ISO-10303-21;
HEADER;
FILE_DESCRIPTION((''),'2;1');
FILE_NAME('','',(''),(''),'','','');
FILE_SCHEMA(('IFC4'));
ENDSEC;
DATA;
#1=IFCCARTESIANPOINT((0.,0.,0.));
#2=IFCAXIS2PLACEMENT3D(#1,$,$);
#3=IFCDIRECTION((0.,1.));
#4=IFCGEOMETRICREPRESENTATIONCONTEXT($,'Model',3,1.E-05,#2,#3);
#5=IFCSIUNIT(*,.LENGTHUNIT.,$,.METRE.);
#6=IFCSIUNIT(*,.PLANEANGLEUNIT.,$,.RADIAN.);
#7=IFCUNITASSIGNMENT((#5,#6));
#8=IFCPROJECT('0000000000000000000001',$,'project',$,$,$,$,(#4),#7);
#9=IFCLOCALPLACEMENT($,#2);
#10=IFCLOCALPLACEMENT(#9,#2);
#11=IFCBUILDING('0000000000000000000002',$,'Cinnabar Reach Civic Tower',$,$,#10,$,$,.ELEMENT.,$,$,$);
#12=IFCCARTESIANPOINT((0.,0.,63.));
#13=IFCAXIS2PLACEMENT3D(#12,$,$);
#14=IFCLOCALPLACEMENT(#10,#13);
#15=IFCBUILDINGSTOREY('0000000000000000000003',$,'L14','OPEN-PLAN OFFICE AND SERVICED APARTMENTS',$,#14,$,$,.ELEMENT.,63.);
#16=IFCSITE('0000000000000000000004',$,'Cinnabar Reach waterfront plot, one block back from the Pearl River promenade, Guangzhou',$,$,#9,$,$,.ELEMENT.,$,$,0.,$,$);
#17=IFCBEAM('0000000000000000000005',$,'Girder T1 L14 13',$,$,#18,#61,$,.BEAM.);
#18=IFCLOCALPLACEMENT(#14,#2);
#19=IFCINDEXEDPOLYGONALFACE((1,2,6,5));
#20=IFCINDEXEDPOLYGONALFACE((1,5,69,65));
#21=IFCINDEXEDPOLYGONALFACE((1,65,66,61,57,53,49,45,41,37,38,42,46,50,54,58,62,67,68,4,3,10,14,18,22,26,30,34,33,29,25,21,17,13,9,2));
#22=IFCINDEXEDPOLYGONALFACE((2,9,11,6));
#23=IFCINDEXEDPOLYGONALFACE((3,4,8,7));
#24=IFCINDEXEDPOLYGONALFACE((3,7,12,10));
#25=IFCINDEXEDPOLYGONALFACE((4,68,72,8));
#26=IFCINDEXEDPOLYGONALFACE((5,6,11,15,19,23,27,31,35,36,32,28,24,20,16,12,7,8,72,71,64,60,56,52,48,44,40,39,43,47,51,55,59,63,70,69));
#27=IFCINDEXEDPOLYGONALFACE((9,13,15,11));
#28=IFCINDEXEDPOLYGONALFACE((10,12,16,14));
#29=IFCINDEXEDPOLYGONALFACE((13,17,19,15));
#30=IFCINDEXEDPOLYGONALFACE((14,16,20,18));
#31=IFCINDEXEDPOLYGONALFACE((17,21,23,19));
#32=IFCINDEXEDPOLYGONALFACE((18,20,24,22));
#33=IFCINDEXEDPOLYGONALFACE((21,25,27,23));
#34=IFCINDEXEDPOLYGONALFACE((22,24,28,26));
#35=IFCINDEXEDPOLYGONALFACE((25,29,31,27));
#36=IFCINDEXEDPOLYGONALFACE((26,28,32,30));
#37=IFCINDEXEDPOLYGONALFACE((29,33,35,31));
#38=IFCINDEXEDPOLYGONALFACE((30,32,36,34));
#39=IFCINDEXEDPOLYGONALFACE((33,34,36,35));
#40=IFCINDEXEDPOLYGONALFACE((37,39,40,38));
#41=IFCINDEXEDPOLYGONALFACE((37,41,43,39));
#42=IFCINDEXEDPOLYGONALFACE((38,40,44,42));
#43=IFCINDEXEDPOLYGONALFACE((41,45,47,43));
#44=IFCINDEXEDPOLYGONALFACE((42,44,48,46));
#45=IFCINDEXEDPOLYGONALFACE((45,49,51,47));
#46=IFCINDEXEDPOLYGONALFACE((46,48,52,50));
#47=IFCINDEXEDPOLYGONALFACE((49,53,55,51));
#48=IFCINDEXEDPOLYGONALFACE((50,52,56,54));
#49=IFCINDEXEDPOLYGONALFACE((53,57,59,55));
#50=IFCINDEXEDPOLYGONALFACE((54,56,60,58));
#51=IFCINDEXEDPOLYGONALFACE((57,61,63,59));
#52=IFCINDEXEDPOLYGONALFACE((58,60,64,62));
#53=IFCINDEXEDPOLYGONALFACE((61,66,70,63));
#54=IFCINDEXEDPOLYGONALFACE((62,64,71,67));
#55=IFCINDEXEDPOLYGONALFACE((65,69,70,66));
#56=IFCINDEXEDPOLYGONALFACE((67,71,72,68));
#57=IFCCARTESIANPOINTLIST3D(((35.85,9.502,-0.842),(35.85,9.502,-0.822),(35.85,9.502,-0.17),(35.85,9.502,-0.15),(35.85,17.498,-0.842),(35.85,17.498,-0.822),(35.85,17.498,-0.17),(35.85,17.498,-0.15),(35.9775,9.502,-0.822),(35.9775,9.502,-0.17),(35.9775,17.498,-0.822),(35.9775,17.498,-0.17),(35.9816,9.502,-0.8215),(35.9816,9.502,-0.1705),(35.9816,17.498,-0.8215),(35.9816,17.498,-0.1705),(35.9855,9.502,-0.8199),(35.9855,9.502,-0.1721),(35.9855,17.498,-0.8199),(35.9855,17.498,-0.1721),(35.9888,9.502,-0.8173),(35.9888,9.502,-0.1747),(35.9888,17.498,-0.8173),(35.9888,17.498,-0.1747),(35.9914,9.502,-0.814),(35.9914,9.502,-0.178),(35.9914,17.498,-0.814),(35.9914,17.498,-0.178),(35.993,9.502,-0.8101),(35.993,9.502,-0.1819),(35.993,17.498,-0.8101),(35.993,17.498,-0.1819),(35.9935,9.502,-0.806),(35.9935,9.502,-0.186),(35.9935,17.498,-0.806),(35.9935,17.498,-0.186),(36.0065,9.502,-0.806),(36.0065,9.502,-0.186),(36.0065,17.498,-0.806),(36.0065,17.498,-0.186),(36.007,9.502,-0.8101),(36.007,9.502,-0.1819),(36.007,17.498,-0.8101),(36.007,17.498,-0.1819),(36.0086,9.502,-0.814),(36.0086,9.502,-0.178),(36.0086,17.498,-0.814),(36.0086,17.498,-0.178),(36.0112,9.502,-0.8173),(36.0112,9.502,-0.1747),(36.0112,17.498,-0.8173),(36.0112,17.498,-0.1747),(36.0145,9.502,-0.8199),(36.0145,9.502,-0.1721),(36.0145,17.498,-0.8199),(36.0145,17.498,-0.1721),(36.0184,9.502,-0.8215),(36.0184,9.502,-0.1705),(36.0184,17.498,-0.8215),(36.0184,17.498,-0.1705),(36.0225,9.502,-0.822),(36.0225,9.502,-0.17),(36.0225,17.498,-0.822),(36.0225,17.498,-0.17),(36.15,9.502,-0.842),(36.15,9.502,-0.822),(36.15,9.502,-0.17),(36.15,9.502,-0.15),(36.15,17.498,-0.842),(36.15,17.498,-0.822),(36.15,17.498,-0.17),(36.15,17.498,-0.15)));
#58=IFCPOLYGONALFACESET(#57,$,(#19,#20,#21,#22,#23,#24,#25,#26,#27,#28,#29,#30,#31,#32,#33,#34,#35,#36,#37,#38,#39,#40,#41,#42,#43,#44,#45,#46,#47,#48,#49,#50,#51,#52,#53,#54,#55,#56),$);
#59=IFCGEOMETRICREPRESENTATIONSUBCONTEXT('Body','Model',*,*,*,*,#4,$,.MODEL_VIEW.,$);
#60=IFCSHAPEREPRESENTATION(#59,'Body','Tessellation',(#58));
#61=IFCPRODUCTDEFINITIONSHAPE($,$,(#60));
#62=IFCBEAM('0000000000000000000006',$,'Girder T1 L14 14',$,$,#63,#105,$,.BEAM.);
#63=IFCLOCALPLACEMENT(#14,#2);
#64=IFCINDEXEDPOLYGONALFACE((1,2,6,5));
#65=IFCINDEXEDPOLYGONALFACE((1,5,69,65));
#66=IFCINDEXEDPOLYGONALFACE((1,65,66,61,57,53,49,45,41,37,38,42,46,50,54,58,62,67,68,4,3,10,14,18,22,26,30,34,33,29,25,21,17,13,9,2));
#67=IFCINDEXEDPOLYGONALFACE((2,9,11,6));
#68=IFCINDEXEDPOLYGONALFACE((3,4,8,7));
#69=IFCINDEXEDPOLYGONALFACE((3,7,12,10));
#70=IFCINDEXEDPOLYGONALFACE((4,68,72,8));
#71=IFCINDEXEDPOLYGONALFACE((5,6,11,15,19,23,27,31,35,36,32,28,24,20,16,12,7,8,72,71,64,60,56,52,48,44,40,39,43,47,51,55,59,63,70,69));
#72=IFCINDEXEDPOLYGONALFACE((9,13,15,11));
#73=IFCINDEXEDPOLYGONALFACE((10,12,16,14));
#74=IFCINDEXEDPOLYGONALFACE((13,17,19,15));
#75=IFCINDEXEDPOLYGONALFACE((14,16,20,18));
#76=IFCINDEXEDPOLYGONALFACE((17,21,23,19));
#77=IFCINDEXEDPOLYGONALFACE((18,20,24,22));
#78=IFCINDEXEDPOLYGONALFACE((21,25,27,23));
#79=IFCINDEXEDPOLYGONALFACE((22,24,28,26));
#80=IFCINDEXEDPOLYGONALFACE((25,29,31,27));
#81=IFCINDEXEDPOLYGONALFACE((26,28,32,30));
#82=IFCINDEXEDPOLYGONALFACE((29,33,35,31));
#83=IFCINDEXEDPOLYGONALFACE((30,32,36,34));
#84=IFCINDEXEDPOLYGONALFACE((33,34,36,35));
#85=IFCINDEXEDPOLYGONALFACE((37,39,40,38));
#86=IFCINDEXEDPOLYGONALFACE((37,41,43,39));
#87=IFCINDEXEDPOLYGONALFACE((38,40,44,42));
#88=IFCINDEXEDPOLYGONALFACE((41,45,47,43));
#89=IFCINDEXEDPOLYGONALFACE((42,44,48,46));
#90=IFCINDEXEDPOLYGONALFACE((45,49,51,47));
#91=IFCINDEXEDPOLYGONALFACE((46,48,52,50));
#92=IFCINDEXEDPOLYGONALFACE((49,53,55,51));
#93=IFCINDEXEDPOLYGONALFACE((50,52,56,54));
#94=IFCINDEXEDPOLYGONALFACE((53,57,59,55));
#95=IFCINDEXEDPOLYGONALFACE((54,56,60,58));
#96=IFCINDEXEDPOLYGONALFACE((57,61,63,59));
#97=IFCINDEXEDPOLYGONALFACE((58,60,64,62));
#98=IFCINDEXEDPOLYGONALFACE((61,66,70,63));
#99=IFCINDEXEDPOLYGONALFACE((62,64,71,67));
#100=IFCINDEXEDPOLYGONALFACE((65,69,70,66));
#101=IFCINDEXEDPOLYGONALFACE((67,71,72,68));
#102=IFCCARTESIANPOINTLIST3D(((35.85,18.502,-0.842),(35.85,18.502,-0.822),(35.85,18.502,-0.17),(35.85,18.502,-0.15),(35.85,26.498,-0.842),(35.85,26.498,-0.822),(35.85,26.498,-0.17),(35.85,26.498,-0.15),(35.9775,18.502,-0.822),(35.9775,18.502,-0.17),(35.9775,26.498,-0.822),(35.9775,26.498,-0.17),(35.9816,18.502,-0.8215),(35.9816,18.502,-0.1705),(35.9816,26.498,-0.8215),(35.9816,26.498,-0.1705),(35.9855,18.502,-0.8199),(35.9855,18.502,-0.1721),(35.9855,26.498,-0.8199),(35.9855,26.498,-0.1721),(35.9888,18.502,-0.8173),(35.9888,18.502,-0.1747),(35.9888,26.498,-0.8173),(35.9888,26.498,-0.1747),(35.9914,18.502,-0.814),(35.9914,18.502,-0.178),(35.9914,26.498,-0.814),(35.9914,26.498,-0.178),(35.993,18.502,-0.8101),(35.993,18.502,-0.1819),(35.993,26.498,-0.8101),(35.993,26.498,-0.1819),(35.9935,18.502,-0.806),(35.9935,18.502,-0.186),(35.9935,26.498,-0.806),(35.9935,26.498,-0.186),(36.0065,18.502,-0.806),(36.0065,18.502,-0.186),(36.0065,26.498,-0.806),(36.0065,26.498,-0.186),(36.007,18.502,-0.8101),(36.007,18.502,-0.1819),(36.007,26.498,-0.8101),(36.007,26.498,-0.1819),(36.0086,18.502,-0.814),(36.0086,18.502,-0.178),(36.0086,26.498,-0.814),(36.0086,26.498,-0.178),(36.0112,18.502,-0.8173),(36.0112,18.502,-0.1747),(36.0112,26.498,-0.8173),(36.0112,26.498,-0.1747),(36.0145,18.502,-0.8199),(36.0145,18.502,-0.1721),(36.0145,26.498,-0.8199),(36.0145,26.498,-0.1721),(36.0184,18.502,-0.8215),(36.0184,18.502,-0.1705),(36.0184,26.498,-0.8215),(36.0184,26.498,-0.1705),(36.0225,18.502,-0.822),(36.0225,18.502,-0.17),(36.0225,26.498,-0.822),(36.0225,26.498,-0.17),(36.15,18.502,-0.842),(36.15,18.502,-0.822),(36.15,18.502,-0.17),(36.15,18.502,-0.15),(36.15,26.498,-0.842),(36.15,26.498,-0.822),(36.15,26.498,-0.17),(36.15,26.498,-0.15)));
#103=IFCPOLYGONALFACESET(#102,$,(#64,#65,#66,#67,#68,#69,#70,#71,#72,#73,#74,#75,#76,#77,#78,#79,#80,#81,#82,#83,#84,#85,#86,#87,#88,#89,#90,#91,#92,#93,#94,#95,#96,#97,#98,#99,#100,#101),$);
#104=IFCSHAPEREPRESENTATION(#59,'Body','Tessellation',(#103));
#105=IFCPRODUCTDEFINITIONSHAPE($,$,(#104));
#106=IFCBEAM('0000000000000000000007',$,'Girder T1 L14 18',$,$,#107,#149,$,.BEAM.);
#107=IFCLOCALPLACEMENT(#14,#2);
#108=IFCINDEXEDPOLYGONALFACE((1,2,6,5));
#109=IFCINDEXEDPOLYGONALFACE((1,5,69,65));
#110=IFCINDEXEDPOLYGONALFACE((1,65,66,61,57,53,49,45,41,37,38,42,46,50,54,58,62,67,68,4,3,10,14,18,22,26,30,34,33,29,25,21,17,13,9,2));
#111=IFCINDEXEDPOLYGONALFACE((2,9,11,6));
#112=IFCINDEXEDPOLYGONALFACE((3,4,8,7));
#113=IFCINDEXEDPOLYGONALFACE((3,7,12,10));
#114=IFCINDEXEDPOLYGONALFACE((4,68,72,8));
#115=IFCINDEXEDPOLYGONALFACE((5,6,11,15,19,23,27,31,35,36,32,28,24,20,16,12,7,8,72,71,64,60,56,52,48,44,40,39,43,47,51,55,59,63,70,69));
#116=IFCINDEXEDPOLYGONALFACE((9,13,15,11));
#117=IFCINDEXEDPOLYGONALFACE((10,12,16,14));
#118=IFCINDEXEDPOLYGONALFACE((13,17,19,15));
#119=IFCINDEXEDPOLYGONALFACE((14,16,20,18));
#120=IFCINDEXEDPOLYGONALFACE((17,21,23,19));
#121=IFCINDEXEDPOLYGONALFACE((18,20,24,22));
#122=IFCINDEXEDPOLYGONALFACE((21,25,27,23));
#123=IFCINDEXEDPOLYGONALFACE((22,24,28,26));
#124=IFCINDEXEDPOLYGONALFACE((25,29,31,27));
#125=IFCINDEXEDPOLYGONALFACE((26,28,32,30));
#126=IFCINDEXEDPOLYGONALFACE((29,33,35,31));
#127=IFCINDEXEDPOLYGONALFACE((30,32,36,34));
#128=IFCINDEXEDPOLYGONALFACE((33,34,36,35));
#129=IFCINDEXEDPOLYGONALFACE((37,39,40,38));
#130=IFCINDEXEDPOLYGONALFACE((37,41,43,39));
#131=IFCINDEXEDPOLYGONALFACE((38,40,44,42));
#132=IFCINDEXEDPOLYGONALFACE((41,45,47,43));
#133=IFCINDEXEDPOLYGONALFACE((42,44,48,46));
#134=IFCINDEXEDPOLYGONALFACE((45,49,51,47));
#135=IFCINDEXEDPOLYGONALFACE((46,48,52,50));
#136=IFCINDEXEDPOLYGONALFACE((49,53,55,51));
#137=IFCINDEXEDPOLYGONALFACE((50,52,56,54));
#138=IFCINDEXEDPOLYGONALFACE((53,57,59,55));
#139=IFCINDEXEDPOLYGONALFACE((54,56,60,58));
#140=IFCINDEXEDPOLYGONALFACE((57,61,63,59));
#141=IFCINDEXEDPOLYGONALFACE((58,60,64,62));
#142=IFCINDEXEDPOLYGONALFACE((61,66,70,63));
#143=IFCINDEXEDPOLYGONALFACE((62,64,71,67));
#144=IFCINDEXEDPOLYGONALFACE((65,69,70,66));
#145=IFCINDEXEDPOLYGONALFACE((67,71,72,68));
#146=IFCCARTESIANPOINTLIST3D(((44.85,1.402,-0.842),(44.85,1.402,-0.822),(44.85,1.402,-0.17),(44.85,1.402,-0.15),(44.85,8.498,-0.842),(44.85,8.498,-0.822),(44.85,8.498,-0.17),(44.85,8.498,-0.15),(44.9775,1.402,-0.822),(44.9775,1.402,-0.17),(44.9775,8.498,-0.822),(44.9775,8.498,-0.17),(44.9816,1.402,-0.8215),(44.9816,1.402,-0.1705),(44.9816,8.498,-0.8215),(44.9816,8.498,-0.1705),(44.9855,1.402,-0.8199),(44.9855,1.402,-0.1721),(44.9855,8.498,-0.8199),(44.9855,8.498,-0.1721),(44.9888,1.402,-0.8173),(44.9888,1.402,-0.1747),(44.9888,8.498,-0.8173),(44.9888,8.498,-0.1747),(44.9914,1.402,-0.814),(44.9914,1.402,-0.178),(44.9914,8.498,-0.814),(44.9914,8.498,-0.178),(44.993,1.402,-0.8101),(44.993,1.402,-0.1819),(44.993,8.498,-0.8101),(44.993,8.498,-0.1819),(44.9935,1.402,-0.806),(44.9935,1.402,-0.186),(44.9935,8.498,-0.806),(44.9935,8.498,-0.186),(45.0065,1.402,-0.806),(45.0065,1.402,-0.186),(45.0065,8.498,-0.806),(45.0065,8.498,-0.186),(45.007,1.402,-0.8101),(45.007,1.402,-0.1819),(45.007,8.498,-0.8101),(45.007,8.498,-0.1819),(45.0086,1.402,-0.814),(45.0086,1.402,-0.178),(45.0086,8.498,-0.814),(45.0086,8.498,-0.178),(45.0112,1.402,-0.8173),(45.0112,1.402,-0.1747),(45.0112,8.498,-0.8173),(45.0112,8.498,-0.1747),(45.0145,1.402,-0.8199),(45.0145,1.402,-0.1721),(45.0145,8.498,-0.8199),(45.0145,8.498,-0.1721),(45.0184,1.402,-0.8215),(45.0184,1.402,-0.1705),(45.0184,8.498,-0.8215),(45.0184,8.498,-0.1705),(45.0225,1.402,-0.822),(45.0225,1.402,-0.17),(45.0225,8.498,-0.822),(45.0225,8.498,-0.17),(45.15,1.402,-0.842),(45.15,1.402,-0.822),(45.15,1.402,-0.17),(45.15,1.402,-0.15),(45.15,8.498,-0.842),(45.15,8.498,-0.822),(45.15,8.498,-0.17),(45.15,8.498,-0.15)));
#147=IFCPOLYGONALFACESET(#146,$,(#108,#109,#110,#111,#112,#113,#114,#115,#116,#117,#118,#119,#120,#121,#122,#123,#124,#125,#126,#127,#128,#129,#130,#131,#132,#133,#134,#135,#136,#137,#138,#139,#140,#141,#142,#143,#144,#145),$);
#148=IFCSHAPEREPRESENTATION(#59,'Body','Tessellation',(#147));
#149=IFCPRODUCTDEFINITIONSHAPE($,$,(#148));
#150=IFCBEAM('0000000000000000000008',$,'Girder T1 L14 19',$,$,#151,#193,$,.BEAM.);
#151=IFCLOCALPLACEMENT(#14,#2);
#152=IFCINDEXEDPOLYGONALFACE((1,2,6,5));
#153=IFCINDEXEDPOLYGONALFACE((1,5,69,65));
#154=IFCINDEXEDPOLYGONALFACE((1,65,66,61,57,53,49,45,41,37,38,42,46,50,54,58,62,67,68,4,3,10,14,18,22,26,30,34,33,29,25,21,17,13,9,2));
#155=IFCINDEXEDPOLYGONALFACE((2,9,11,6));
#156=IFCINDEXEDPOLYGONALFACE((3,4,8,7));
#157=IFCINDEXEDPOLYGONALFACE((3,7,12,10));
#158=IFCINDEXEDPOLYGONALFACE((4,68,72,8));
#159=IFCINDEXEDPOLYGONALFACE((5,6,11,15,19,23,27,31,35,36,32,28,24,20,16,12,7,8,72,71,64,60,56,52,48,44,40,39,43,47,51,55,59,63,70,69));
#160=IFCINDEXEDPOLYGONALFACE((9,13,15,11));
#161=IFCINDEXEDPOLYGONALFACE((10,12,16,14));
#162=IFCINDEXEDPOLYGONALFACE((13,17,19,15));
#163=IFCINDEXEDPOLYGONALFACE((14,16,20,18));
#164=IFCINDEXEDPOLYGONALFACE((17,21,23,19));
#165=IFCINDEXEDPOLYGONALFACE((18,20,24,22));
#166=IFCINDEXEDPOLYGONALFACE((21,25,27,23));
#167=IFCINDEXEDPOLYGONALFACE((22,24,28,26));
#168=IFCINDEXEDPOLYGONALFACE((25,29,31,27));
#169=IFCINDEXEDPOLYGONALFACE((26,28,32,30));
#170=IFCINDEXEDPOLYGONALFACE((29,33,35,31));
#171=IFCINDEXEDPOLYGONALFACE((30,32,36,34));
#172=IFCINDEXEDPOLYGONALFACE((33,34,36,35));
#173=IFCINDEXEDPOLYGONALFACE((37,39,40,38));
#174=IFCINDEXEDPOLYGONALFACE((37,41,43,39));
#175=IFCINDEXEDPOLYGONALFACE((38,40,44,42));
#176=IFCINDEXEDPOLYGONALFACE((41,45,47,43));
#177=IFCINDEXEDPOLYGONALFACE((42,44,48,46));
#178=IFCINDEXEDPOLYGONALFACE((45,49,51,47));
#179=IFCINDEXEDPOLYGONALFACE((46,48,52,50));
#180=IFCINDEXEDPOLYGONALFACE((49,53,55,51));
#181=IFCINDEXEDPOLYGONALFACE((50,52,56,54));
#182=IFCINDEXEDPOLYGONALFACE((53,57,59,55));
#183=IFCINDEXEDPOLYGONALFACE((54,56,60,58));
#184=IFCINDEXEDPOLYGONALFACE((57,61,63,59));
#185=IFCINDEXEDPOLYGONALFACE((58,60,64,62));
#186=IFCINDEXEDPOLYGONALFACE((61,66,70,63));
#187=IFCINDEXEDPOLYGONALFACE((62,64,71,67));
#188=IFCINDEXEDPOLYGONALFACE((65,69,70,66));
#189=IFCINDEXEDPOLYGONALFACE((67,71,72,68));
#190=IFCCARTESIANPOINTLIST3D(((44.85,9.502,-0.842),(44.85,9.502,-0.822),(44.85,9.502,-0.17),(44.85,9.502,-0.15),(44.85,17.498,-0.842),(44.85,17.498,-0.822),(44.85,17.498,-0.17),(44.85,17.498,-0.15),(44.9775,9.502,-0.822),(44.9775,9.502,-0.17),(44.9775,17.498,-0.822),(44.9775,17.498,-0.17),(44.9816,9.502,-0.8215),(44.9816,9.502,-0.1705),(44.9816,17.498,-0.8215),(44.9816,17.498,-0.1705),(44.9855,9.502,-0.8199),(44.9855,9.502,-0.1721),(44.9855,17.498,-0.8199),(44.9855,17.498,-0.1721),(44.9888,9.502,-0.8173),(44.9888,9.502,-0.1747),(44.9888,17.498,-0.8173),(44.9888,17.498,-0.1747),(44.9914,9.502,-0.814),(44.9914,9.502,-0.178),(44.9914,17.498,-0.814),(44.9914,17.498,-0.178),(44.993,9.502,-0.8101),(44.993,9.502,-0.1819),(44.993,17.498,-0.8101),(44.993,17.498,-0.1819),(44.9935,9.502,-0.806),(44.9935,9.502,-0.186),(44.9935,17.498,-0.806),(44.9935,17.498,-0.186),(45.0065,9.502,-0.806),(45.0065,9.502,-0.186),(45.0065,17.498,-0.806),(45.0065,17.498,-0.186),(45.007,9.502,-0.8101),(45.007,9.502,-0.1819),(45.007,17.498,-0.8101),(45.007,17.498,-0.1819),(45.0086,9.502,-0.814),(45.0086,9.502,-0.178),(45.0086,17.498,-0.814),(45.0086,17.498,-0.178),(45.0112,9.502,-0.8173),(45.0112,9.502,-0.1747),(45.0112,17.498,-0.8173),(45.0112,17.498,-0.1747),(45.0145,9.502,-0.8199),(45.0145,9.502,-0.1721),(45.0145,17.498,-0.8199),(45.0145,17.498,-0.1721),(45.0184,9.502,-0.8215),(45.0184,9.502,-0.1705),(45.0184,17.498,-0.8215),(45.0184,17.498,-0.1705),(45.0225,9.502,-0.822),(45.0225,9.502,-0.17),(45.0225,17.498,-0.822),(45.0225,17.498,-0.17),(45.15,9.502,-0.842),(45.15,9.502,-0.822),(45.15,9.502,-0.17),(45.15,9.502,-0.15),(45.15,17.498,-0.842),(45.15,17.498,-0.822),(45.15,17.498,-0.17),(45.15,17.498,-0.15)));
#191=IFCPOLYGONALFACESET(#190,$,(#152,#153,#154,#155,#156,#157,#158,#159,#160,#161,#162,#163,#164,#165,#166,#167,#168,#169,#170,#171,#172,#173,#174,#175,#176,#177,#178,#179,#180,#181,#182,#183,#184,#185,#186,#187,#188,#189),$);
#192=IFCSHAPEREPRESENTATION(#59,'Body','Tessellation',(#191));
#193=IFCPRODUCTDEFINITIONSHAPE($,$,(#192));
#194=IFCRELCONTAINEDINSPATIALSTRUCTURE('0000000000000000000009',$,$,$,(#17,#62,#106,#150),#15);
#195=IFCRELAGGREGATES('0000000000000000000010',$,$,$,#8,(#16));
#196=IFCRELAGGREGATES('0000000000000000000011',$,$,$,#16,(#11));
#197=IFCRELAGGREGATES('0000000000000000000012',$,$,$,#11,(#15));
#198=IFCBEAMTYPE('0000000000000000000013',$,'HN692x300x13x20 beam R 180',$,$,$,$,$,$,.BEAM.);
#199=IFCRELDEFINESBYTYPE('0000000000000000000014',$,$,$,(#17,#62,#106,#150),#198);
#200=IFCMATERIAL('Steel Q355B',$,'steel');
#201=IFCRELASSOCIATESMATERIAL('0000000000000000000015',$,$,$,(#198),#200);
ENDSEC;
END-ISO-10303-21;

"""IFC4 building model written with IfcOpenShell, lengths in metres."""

from ifc_helpers import new_model, si_unit, direction, frame, origin, origin_2d, place, context, subcontext, project, spatial, i_section, extrude, material, material_profile, profile_set, type_object, element, save


model = new_model("IFC4")

# Units and contexts
model_context = context("Model", 3, precision=1e-05, world=origin(), true_north=direction((0.0, 1.0)))
body_context = subcontext(model_context, "Body", "Model", "MODEL_VIEW")
ifc_project = project(units=[si_unit("LENGTHUNIT", "METRE"), si_unit("PLANEANGLEUNIT", "RADIAN")], contexts=[model_context])

# Site, building, storey
site_placement = place(None, origin())
site = spatial("IfcSite", under=ifc_project, at=site_placement, Name="Cinnabar Reach waterfront plot, one block back from the Pearl River promenade, Guangzhou", CompositionType="ELEMENT", RefElevation=0.0)
building_placement = place(site_placement, origin())
building = spatial("IfcBuilding", under=site, at=building_placement, Name="Cinnabar Reach Civic Tower", CompositionType="ELEMENT")
storey_placement = place(building_placement, frame((0.0, 0.0, 63.0)))
storey = spatial("IfcBuildingStorey", under=building, at=storey_placement, Name="L14", Description="OPEN-PLAN OFFICE AND SERVICED APARTMENTS", CompositionType="ELEMENT", Elevation=63.0)

# Beams
ifc_material_1 = material(Name="Steel Q355B", Category="steel")
ifc_material_profile_1 = material_profile(ifc_material_1, i_section(OverallWidth=0.3, OverallDepth=0.692, WebThickness=0.013, FlangeThickness=0.02, FilletRadius=0.016, at=origin_2d()), Name="HN692x300x13x20")
ifc_profile_set_1 = profile_set([ifc_material_profile_1], Name="Steel Q355B")
beam_type_1 = type_object("IfcBeamType", Name="HN692x300x13x20 beam R 180", PredefinedType="BEAM", material=ifc_profile_set_1)
for number, where, z_axis, x_axis, name in (
    (1, (36.0, 9.502, -0.496), (0.0, 1.0, 0.0), (-1.0, 0.0, 0.0), "Girder T1 L14 13"),
    (2, (36.0, 18.502, -0.496), (0.0, 1.0, 0.0), (-1.0, 0.0, 0.0), "Girder T1 L14 14"),
):
    element("IfcBeam", number, at=place(storey_placement, frame(where, z_axis=z_axis, x_axis=x_axis)), inside=storey, type_object=beam_type_1, Name=name, PredefinedType="BEAM", context=body_context, shape_type="SweptSolid", body=[
        extrude(i_section(OverallWidth=0.3, OverallDepth=0.692, WebThickness=0.013, FlangeThickness=0.02, FilletRadius=0.016, at=origin_2d()), origin(), (0.0, 0.0, 1.0), 7.996),
    ])
beam_1_placement = place(storey_placement, frame((45.0, 1.402, -0.496), z_axis=(0.0, 1.0, 0.0), x_axis=(-1.0, 0.0, 0.0)))
element("IfcBeam", 3, at=beam_1_placement, inside=storey, type_object=beam_type_1, Name="Girder T1 L14 18", PredefinedType="BEAM", context=body_context, shape_type="SweptSolid", body=[
    extrude(i_section(OverallWidth=0.3, OverallDepth=0.692, WebThickness=0.013, FlangeThickness=0.02, FilletRadius=0.016, at=origin_2d()), origin(), (0.0, 0.0, 1.0), 7.096),
])
for number, where, z_axis, x_axis, name in (
    (4, (45.0, 9.502, -0.496), (0.0, 1.0, 0.0), (-1.0, 0.0, 0.0), "Girder T1 L14 19"),
):
    element("IfcBeam", number, at=place(storey_placement, frame(where, z_axis=z_axis, x_axis=x_axis)), inside=storey, type_object=beam_type_1, Name=name, PredefinedType="BEAM", context=body_context, shape_type="SweptSolid", body=[
        extrude(i_section(OverallWidth=0.3, OverallDepth=0.692, WebThickness=0.013, FlangeThickness=0.02, FilletRadius=0.016, at=origin_2d()), origin(), (0.0, 0.0, 1.0), 7.996),
    ])

save(model, "model.ifc")
